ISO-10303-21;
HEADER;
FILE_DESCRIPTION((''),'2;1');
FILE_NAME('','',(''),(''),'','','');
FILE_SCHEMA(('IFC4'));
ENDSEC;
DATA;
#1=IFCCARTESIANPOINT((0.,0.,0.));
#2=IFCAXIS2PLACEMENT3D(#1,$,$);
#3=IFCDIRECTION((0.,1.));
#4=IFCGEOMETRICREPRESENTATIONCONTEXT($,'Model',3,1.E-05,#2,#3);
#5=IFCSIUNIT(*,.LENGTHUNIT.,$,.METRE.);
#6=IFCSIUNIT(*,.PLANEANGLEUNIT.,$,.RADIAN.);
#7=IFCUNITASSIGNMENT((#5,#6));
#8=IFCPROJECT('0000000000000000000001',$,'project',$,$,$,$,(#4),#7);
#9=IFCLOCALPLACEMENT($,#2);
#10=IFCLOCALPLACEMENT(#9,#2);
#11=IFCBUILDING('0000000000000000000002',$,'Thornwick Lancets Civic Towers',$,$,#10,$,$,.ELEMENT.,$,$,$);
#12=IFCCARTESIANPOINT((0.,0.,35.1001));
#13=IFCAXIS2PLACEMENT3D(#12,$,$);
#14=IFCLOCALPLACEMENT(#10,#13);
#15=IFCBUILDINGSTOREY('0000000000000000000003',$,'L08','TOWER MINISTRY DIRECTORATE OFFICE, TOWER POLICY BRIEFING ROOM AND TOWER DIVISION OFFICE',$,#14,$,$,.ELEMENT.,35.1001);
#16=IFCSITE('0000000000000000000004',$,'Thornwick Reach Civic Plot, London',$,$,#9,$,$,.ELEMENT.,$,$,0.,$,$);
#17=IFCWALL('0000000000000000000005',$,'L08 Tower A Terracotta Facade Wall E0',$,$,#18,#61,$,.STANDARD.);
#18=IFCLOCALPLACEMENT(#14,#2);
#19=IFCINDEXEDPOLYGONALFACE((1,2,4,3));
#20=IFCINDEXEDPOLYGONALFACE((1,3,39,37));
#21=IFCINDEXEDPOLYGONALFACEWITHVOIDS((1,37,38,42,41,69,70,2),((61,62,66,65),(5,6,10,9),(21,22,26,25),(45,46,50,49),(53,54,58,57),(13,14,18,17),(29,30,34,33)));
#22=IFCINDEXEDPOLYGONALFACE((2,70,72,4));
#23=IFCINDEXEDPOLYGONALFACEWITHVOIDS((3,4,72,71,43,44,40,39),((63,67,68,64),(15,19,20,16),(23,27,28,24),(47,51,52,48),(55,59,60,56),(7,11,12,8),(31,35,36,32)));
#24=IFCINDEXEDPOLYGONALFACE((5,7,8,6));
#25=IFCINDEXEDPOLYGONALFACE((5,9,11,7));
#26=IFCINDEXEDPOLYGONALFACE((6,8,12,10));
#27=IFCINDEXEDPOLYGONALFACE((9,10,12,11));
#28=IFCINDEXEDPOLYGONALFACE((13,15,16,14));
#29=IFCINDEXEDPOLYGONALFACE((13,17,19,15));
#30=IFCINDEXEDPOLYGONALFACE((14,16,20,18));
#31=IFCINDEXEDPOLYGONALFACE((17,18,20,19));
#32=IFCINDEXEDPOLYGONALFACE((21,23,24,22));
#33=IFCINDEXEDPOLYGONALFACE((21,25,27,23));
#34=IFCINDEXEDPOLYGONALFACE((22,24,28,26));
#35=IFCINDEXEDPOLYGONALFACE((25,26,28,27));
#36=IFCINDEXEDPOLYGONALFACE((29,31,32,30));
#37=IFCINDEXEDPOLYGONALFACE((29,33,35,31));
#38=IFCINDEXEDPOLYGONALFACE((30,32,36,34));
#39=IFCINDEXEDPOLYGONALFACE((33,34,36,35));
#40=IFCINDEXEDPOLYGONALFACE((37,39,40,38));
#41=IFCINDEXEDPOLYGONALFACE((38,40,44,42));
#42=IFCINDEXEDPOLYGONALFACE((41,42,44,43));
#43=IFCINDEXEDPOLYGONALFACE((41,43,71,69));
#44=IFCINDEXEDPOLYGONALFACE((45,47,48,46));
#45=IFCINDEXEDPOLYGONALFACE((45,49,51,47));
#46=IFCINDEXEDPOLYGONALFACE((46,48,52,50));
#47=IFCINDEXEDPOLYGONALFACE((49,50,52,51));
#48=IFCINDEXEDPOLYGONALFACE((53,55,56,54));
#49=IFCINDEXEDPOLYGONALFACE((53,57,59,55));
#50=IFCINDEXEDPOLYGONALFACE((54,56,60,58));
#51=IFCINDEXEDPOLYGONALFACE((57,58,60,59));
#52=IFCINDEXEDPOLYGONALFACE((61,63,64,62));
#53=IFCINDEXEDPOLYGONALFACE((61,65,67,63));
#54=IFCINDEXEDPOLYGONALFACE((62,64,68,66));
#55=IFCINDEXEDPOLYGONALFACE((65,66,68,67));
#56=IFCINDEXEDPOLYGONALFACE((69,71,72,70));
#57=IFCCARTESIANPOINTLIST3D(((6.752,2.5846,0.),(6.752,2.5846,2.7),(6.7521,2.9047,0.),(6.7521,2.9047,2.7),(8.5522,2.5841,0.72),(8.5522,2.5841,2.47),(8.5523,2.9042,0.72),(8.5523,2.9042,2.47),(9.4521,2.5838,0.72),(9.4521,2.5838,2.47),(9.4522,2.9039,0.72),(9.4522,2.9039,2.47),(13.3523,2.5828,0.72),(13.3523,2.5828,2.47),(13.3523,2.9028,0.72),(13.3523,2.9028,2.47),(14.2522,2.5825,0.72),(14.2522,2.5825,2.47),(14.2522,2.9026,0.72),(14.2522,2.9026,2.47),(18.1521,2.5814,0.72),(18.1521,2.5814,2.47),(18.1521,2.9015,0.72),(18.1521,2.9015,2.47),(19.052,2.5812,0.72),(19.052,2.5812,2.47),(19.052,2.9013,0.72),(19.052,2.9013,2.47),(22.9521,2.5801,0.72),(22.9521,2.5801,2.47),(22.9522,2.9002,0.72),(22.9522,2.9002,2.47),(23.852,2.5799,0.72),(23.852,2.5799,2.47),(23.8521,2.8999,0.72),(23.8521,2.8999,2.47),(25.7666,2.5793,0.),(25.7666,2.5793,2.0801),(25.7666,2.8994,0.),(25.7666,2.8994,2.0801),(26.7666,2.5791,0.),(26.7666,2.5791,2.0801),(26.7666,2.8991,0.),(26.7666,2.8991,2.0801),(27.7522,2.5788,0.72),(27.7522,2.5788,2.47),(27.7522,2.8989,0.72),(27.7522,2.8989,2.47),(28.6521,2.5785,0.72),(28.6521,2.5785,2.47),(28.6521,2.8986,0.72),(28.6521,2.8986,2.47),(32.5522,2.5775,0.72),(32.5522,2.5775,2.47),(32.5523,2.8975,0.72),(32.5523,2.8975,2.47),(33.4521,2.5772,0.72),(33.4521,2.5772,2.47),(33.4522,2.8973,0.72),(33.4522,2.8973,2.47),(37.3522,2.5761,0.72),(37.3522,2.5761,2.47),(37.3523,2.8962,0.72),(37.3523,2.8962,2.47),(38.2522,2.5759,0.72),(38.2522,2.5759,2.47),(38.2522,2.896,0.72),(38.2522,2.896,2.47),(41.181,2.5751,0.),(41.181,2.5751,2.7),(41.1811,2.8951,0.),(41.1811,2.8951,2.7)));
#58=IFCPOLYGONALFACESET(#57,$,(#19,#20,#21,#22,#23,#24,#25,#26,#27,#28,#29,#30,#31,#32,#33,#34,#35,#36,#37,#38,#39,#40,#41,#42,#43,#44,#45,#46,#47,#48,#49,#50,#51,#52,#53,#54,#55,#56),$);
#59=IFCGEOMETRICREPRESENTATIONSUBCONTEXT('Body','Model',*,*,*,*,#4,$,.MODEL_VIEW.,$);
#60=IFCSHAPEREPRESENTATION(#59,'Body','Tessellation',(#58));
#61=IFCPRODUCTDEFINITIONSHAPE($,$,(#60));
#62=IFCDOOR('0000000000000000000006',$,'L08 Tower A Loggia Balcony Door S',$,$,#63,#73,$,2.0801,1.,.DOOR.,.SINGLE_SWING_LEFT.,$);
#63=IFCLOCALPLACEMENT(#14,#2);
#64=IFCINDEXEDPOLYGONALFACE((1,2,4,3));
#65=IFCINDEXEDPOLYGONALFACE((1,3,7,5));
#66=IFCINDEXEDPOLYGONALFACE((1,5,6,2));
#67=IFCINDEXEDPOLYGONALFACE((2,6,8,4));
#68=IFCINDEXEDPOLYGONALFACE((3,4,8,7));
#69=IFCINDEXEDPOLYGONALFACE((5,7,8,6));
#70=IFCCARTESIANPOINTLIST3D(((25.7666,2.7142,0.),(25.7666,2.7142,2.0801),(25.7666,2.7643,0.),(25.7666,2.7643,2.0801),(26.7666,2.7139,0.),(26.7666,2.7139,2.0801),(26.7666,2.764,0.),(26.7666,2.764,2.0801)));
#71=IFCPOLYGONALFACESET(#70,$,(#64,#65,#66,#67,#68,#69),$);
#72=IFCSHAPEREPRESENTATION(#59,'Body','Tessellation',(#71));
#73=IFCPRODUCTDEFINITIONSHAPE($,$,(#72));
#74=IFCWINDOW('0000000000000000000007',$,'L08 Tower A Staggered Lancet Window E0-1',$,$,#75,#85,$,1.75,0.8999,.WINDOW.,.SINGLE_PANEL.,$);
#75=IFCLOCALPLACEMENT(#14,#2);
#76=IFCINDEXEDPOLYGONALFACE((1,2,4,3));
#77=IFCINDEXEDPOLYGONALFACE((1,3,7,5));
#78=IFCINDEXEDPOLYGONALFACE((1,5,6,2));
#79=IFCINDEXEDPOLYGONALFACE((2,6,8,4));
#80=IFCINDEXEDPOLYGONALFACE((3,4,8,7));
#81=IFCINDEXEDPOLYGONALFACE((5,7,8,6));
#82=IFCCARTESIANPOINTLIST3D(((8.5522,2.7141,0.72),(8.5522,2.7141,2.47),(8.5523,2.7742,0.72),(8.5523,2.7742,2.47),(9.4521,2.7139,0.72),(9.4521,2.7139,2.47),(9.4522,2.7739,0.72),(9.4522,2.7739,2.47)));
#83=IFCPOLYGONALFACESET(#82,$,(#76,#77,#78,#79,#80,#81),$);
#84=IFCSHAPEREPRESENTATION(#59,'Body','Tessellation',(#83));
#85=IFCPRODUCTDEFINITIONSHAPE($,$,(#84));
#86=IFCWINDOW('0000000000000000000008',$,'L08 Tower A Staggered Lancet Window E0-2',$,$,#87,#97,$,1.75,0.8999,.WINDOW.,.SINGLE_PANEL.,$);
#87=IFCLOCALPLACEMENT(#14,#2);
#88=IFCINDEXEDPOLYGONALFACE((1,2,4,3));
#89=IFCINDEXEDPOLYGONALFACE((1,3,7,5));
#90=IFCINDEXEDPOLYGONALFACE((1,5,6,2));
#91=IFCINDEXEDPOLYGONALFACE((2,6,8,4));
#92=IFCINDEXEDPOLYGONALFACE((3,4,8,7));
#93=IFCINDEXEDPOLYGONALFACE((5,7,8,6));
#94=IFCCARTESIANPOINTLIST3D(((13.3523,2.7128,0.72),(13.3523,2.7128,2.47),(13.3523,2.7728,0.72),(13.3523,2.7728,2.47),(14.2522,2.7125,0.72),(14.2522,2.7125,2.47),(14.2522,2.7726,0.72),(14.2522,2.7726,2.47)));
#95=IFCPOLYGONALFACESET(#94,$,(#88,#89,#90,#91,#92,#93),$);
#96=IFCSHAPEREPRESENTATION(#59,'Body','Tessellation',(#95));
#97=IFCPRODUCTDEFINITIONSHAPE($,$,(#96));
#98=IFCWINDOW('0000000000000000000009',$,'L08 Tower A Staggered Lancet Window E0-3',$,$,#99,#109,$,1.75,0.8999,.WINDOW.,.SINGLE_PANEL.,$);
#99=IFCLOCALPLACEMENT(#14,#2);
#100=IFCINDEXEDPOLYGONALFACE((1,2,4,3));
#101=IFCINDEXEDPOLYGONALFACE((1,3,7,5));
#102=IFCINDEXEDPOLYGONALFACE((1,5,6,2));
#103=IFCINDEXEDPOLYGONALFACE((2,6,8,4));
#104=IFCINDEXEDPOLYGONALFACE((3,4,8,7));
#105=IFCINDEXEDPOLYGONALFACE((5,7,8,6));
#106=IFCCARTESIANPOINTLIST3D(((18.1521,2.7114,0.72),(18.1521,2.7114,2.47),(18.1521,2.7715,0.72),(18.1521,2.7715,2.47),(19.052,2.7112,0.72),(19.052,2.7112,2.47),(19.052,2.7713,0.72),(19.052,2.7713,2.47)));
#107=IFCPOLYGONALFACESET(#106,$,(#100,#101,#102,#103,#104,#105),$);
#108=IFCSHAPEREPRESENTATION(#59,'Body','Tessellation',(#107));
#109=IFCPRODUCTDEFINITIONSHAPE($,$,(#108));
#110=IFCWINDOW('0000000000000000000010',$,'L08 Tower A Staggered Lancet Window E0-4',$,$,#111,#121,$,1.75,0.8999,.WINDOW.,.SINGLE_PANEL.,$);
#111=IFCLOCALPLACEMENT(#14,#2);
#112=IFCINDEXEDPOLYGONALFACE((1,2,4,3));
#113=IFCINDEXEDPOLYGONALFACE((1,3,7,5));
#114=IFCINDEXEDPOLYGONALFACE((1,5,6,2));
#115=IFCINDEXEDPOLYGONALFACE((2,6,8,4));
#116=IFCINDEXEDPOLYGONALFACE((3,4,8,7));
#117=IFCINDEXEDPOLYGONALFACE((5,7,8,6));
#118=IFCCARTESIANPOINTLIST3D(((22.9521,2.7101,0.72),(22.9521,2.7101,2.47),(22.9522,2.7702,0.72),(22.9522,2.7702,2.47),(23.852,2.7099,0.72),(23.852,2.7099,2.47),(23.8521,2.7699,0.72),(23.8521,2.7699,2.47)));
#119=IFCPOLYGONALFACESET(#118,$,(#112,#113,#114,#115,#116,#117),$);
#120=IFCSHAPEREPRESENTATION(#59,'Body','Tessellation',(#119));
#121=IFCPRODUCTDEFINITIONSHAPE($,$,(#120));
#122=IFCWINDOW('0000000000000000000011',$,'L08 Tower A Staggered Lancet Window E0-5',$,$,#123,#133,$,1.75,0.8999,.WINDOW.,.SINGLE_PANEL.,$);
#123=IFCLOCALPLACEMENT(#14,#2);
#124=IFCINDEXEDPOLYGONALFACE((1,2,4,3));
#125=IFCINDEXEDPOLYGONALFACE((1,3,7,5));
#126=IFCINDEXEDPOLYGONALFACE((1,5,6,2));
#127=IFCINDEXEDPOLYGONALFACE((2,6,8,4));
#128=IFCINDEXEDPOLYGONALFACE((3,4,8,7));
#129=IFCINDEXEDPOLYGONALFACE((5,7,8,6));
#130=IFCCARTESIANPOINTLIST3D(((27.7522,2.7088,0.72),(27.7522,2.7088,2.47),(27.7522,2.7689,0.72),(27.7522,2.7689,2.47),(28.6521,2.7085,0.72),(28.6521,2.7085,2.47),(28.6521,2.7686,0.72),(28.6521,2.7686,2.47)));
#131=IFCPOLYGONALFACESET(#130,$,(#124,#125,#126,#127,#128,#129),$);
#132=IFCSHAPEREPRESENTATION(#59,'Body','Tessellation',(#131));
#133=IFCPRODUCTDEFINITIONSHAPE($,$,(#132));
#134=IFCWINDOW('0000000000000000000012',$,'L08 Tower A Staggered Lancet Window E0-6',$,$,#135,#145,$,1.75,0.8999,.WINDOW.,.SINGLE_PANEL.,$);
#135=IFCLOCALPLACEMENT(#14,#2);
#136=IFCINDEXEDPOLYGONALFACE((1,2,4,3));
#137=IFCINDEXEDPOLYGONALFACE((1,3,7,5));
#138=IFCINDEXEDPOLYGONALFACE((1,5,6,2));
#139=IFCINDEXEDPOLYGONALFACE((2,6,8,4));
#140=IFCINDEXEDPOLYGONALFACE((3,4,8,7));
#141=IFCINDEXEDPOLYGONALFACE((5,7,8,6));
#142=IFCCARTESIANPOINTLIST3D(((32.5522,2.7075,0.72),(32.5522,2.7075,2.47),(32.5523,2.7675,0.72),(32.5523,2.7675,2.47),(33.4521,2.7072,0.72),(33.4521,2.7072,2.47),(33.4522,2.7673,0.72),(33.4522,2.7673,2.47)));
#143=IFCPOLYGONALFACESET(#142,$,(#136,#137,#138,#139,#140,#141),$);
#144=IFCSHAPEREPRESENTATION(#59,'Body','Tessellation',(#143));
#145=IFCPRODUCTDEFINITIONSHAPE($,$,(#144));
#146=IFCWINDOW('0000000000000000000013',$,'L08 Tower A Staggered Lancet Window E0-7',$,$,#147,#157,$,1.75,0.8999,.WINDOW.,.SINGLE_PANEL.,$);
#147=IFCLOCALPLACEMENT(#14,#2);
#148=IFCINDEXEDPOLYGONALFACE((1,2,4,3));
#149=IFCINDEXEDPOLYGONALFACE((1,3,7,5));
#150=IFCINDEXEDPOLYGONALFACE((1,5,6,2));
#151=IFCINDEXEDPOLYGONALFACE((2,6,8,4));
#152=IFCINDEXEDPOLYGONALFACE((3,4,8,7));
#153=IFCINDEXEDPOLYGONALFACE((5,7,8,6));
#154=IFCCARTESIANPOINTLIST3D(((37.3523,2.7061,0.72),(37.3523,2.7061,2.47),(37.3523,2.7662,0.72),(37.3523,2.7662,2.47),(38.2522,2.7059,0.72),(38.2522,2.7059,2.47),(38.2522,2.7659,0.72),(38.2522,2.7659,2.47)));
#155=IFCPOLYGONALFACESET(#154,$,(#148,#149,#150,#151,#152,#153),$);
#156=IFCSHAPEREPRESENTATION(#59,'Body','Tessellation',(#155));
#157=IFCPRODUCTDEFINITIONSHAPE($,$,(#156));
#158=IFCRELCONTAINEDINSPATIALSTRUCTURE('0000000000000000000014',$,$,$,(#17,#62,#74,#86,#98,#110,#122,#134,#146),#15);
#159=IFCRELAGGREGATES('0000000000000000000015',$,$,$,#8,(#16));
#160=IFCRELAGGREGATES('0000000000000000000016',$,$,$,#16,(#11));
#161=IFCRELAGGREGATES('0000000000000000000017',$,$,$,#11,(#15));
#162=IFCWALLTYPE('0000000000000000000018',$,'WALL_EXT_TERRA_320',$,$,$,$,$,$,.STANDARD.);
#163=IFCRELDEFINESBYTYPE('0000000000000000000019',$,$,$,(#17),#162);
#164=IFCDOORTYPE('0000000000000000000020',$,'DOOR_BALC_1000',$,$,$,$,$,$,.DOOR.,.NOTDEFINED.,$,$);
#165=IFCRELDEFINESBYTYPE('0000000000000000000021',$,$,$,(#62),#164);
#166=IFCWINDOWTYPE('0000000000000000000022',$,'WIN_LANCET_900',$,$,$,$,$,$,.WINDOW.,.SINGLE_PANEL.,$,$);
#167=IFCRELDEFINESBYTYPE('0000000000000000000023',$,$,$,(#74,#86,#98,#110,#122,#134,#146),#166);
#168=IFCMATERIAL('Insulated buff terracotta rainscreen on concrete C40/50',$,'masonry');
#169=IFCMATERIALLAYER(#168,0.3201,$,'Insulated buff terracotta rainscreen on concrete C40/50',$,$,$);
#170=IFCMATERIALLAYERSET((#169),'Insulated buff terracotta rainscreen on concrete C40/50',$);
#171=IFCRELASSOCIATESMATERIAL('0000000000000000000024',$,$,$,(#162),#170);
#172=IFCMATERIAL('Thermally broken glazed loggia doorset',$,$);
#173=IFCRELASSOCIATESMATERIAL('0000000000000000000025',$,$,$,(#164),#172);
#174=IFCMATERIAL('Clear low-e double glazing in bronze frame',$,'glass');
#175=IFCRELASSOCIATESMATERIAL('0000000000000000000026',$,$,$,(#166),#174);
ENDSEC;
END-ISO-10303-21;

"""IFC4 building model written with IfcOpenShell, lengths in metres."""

from ifc_helpers import new_model, si_unit, direction, frame, frame_2d, origin, place, context, subcontext, project, spatial, rectangle, extrude, material, layer, layer_set, type_object, element, fill, save


model = new_model("IFC4")

# Units and contexts
model_context = context("Model", 3, precision=1e-05, world=origin(), true_north=direction((0.0, 1.0)))
body_context = subcontext(model_context, "Body", "Model", "MODEL_VIEW")
ifc_project = project(units=[si_unit("LENGTHUNIT", "METRE"), si_unit("PLANEANGLEUNIT", "RADIAN")], contexts=[model_context])

# Site, building, storey
site_placement = place(None, origin())
site = spatial("IfcSite", under=ifc_project, at=site_placement, Name="Thornwick Reach Civic Plot, London", CompositionType="ELEMENT", RefElevation=0.0)
building_placement = place(site_placement, origin())
building = spatial("IfcBuilding", under=site, at=building_placement, Name="Thornwick Lancets Civic Towers", CompositionType="ELEMENT")
storey_placement = place(building_placement, frame((0.0, 0.0, 35.1001)))
storey = spatial("IfcBuildingStorey", under=building, at=storey_placement, Name="L08", Description="TOWER MINISTRY DIRECTORATE OFFICE, TOWER POLICY BRIEFING ROOM AND TOWER DIVISION OFFICE", CompositionType="ELEMENT", Elevation=35.1001)

# Wall, openings, door, windows
ifc_material_1 = material(Name="Insulated buff terracotta rainscreen on concrete C40/50", Category="masonry")
ifc_layer_1 = layer(ifc_material_1, 0.3201, Name="Insulated buff terracotta rainscreen on concrete C40/50")
ifc_layer_set_1 = layer_set([ifc_layer_1], Name="Insulated buff terracotta rainscreen on concrete C40/50")
wall_type_1 = type_object("IfcWallType", Name="WALL_EXT_TERRA_320", PredefinedType="STANDARD", material=ifc_layer_set_1)
wall_1_placement = place(storey_placement, frame((6.7522, 2.7446, 0.0), z_axis=(0.0, 0.0, 1.0), x_axis=(1.0, -0.000277, 0.0)))
wall_1 = element("IfcWall", 1, at=wall_1_placement, inside=storey, type_object=wall_type_1, Name="L08 Tower A Terracotta Facade Wall E0", PredefinedType="STANDARD", context=body_context, shape_type="SweptSolid", body=[
    extrude(rectangle(XDim=34.429, YDim=0.3201, at=frame_2d((17.2144, 0.0))), origin(), (0.0, 0.0, 1.0), 2.7),
])
opening_1_placement = place(wall_1_placement, frame((19.0144, 0.0, 0.0)))
opening_1 = element("IfcOpeningElement", 2, at=opening_1_placement, cuts=wall_1, PredefinedType="OPENING", context=body_context, shape_type="SweptSolid", body=[
    extrude(rectangle(XDim=1.0, YDim=2.0801, at=frame_2d((0.5, 1.04))), frame((0.0, 0.1699, 0.0), z_axis=(0.0, -1.0, 0.0), x_axis=(1.0, 0.0, 0.0)), (0.0, 0.0, 1.0), 0.3401),
])
opening_2_placement = place(wall_1_placement, frame((1.8, 0.0, 0.72)))
opening_2 = element("IfcOpeningElement", 3, at=opening_2_placement, cuts=wall_1, PredefinedType="OPENING", context=body_context, shape_type="SweptSolid", body=[
    extrude(rectangle(XDim=0.8999, YDim=1.75, at=frame_2d((0.45, 0.875))), frame((0.0, 0.1699, 0.0), z_axis=(0.0, -1.0, 0.0), x_axis=(1.0, 0.0, 0.0)), (0.0, 0.0, 1.0), 0.3401),
])
opening_3_placement = place(wall_1_placement, frame((6.6001, 0.0, 0.72)))
opening_3 = element("IfcOpeningElement", 4, at=opening_3_placement, cuts=wall_1, PredefinedType="OPENING", context=body_context, shape_type="SweptSolid", body=[
    extrude(rectangle(XDim=0.8999, YDim=1.75, at=frame_2d((0.45, 0.875))), frame((0.0, 0.1699, 0.0), z_axis=(0.0, -1.0, 0.0), x_axis=(1.0, 0.0, 0.0)), (0.0, 0.0, 1.0), 0.3401),
])
opening_4_placement = place(wall_1_placement, frame((11.3999, 0.0, 0.72)))
opening_4 = element("IfcOpeningElement", 5, at=opening_4_placement, cuts=wall_1, PredefinedType="OPENING", context=body_context, shape_type="SweptSolid", body=[
    extrude(rectangle(XDim=0.8999, YDim=1.75, at=frame_2d((0.45, 0.875))), frame((0.0, 0.1699, 0.0), z_axis=(0.0, -1.0, 0.0), x_axis=(1.0, 0.0, 0.0)), (0.0, 0.0, 1.0), 0.3401),
])
opening_5_placement = place(wall_1_placement, frame((16.2, 0.0, 0.72)))
opening_5 = element("IfcOpeningElement", 6, at=opening_5_placement, cuts=wall_1, PredefinedType="OPENING", context=body_context, shape_type="SweptSolid", body=[
    extrude(rectangle(XDim=0.8999, YDim=1.75, at=frame_2d((0.45, 0.875))), frame((0.0, 0.1699, 0.0), z_axis=(0.0, -1.0, 0.0), x_axis=(1.0, 0.0, 0.0)), (0.0, 0.0, 1.0), 0.3401),
])
opening_6_placement = place(wall_1_placement, frame((21.0, 0.0, 0.72)))
opening_6 = element("IfcOpeningElement", 7, at=opening_6_placement, cuts=wall_1, PredefinedType="OPENING", context=body_context, shape_type="SweptSolid", body=[
    extrude(rectangle(XDim=0.8999, YDim=1.75, at=frame_2d((0.45, 0.875))), frame((0.0, 0.1699, 0.0), z_axis=(0.0, -1.0, 0.0), x_axis=(1.0, 0.0, 0.0)), (0.0, 0.0, 1.0), 0.3401),
])
opening_7_placement = place(wall_1_placement, frame((25.8, 0.0, 0.72)))
opening_7 = element("IfcOpeningElement", 8, at=opening_7_placement, cuts=wall_1, PredefinedType="OPENING", context=body_context, shape_type="SweptSolid", body=[
    extrude(rectangle(XDim=0.8999, YDim=1.75, at=frame_2d((0.45, 0.875))), frame((0.0, 0.1699, 0.0), z_axis=(0.0, -1.0, 0.0), x_axis=(1.0, 0.0, 0.0)), (0.0, 0.0, 1.0), 0.3401),
])
opening_8_placement = place(wall_1_placement, frame((30.6001, 0.0, 0.72)))
opening_8 = element("IfcOpeningElement", 9, at=opening_8_placement, cuts=wall_1, PredefinedType="OPENING", context=body_context, shape_type="SweptSolid", body=[
    extrude(rectangle(XDim=0.8999, YDim=1.75, at=frame_2d((0.45, 0.875))), frame((0.0, 0.1699, 0.0), z_axis=(0.0, -1.0, 0.0), x_axis=(1.0, 0.0, 0.0)), (0.0, 0.0, 1.0), 0.3401),
])
ifc_material_2 = material(Name="Thermally broken glazed loggia doorset")
door_type_1 = type_object("IfcDoorType", Name="DOOR_BALC_1000", OperationType="NOTDEFINED", PredefinedType="DOOR", material=ifc_material_2)
door_1_placement = place(opening_1_placement, origin())
door_1 = element("IfcDoor", 10, at=door_1_placement, inside=storey, type_object=door_type_1, Name="L08 Tower A Loggia Balcony Door S", OperationType="SINGLE_SWING_LEFT", OverallHeight=2.0801, OverallWidth=1.0, PredefinedType="DOOR", context=body_context, shape_type="SweptSolid", body=[
    extrude(rectangle(XDim=1.0, YDim=2.0801, at=frame_2d((0.5, 1.04))), frame((0.0, 0.0249, 0.0), z_axis=(0.0, -1.0, 0.0), x_axis=(1.0, 0.0, 0.0)), (0.0, 0.0, 1.0), 0.05),
])
fill(opening_1, door_1)
ifc_material_3 = material(Name="Clear low-e double glazing in bronze frame", Category="glass")
window_type = type_object("IfcWindowType", Name="WIN_LANCET_900", PartitioningType="SINGLE_PANEL", PredefinedType="WINDOW", material=ifc_material_3)
window_1_placement = place(opening_2_placement, origin())
window_1 = element("IfcWindow", 11, at=window_1_placement, inside=storey, type_object=window_type, Name="L08 Tower A Staggered Lancet Window E0-1", OverallHeight=1.75, OverallWidth=0.8999, PartitioningType="SINGLE_PANEL", PredefinedType="WINDOW", context=body_context, shape_type="SweptSolid", body=[
    extrude(rectangle(XDim=0.8999, YDim=1.75, at=frame_2d((0.45, 0.875))), frame((0.0, 0.03, 0.0), z_axis=(0.0, -1.0, 0.0), x_axis=(1.0, 0.0, 0.0)), (0.0, 0.0, 1.0), 0.0601),
])
fill(opening_2, window_1)
window_2_placement = place(opening_3_placement, origin())
window_2 = element("IfcWindow", 12, at=window_2_placement, inside=storey, type_object=window_type, Name="L08 Tower A Staggered Lancet Window E0-2", OverallHeight=1.75, OverallWidth=0.8999, PartitioningType="SINGLE_PANEL", PredefinedType="WINDOW", context=body_context, shape_type="SweptSolid", body=[
    extrude(rectangle(XDim=0.8999, YDim=1.75, at=frame_2d((0.45, 0.875))), frame((0.0, 0.03, 0.0), z_axis=(0.0, -1.0, 0.0), x_axis=(1.0, 0.0, 0.0)), (0.0, 0.0, 1.0), 0.0601),
])
fill(opening_3, window_2)
window_3_placement = place(opening_4_placement, origin())
window_3 = element("IfcWindow", 13, at=window_3_placement, inside=storey, type_object=window_type, Name="L08 Tower A Staggered Lancet Window E0-3", OverallHeight=1.75, OverallWidth=0.8999, PartitioningType="SINGLE_PANEL", PredefinedType="WINDOW", context=body_context, shape_type="SweptSolid", body=[
    extrude(rectangle(XDim=0.8999, YDim=1.75, at=frame_2d((0.45, 0.875))), frame((0.0, 0.03, 0.0), z_axis=(0.0, -1.0, 0.0), x_axis=(1.0, 0.0, 0.0)), (0.0, 0.0, 1.0), 0.0601),
])
fill(opening_4, window_3)
window_4_placement = place(opening_5_placement, origin())
window_4 = element("IfcWindow", 14, at=window_4_placement, inside=storey, type_object=window_type, Name="L08 Tower A Staggered Lancet Window E0-4", OverallHeight=1.75, OverallWidth=0.8999, PartitioningType="SINGLE_PANEL", PredefinedType="WINDOW", context=body_context, shape_type="SweptSolid", body=[
    extrude(rectangle(XDim=0.8999, YDim=1.75, at=frame_2d((0.45, 0.875))), frame((0.0, 0.03, 0.0), z_axis=(0.0, -1.0, 0.0), x_axis=(1.0, 0.0, 0.0)), (0.0, 0.0, 1.0), 0.0601),
])
fill(opening_5, window_4)
window_5_placement = place(opening_6_placement, origin())
window_5 = element("IfcWindow", 15, at=window_5_placement, inside=storey, type_object=window_type, Name="L08 Tower A Staggered Lancet Window E0-5", OverallHeight=1.75, OverallWidth=0.8999, PartitioningType="SINGLE_PANEL", PredefinedType="WINDOW", context=body_context, shape_type="SweptSolid", body=[
    extrude(rectangle(XDim=0.8999, YDim=1.75, at=frame_2d((0.45, 0.875))), frame((0.0, 0.03, 0.0), z_axis=(0.0, -1.0, 0.0), x_axis=(1.0, 0.0, 0.0)), (0.0, 0.0, 1.0), 0.0601),
])
fill(opening_6, window_5)
window_6_placement = place(opening_7_placement, origin())
window_6 = element("IfcWindow", 16, at=window_6_placement, inside=storey, type_object=window_type, Name="L08 Tower A Staggered Lancet Window E0-6", OverallHeight=1.75, OverallWidth=0.8999, PartitioningType="SINGLE_PANEL", PredefinedType="WINDOW", context=body_context, shape_type="SweptSolid", body=[
    extrude(rectangle(XDim=0.8999, YDim=1.75, at=frame_2d((0.45, 0.875))), frame((0.0, 0.03, 0.0), z_axis=(0.0, -1.0, 0.0), x_axis=(1.0, 0.0, 0.0)), (0.0, 0.0, 1.0), 0.0601),
])
fill(opening_7, window_6)
window_7_placement = place(opening_8_placement, origin())
window_7 = element("IfcWindow", 17, at=window_7_placement, inside=storey, type_object=window_type, Name="L08 Tower A Staggered Lancet Window E0-7", OverallHeight=1.75, OverallWidth=0.8999, PartitioningType="SINGLE_PANEL", PredefinedType="WINDOW", context=body_context, shape_type="SweptSolid", body=[
    extrude(rectangle(XDim=0.8999, YDim=1.75, at=frame_2d((0.45, 0.875))), frame((0.0, 0.03, 0.0), z_axis=(0.0, -1.0, 0.0), x_axis=(1.0, 0.0, 0.0)), (0.0, 0.0, 1.0), 0.0601),
])
fill(opening_8, window_7)

save(model, "model.ifc")
